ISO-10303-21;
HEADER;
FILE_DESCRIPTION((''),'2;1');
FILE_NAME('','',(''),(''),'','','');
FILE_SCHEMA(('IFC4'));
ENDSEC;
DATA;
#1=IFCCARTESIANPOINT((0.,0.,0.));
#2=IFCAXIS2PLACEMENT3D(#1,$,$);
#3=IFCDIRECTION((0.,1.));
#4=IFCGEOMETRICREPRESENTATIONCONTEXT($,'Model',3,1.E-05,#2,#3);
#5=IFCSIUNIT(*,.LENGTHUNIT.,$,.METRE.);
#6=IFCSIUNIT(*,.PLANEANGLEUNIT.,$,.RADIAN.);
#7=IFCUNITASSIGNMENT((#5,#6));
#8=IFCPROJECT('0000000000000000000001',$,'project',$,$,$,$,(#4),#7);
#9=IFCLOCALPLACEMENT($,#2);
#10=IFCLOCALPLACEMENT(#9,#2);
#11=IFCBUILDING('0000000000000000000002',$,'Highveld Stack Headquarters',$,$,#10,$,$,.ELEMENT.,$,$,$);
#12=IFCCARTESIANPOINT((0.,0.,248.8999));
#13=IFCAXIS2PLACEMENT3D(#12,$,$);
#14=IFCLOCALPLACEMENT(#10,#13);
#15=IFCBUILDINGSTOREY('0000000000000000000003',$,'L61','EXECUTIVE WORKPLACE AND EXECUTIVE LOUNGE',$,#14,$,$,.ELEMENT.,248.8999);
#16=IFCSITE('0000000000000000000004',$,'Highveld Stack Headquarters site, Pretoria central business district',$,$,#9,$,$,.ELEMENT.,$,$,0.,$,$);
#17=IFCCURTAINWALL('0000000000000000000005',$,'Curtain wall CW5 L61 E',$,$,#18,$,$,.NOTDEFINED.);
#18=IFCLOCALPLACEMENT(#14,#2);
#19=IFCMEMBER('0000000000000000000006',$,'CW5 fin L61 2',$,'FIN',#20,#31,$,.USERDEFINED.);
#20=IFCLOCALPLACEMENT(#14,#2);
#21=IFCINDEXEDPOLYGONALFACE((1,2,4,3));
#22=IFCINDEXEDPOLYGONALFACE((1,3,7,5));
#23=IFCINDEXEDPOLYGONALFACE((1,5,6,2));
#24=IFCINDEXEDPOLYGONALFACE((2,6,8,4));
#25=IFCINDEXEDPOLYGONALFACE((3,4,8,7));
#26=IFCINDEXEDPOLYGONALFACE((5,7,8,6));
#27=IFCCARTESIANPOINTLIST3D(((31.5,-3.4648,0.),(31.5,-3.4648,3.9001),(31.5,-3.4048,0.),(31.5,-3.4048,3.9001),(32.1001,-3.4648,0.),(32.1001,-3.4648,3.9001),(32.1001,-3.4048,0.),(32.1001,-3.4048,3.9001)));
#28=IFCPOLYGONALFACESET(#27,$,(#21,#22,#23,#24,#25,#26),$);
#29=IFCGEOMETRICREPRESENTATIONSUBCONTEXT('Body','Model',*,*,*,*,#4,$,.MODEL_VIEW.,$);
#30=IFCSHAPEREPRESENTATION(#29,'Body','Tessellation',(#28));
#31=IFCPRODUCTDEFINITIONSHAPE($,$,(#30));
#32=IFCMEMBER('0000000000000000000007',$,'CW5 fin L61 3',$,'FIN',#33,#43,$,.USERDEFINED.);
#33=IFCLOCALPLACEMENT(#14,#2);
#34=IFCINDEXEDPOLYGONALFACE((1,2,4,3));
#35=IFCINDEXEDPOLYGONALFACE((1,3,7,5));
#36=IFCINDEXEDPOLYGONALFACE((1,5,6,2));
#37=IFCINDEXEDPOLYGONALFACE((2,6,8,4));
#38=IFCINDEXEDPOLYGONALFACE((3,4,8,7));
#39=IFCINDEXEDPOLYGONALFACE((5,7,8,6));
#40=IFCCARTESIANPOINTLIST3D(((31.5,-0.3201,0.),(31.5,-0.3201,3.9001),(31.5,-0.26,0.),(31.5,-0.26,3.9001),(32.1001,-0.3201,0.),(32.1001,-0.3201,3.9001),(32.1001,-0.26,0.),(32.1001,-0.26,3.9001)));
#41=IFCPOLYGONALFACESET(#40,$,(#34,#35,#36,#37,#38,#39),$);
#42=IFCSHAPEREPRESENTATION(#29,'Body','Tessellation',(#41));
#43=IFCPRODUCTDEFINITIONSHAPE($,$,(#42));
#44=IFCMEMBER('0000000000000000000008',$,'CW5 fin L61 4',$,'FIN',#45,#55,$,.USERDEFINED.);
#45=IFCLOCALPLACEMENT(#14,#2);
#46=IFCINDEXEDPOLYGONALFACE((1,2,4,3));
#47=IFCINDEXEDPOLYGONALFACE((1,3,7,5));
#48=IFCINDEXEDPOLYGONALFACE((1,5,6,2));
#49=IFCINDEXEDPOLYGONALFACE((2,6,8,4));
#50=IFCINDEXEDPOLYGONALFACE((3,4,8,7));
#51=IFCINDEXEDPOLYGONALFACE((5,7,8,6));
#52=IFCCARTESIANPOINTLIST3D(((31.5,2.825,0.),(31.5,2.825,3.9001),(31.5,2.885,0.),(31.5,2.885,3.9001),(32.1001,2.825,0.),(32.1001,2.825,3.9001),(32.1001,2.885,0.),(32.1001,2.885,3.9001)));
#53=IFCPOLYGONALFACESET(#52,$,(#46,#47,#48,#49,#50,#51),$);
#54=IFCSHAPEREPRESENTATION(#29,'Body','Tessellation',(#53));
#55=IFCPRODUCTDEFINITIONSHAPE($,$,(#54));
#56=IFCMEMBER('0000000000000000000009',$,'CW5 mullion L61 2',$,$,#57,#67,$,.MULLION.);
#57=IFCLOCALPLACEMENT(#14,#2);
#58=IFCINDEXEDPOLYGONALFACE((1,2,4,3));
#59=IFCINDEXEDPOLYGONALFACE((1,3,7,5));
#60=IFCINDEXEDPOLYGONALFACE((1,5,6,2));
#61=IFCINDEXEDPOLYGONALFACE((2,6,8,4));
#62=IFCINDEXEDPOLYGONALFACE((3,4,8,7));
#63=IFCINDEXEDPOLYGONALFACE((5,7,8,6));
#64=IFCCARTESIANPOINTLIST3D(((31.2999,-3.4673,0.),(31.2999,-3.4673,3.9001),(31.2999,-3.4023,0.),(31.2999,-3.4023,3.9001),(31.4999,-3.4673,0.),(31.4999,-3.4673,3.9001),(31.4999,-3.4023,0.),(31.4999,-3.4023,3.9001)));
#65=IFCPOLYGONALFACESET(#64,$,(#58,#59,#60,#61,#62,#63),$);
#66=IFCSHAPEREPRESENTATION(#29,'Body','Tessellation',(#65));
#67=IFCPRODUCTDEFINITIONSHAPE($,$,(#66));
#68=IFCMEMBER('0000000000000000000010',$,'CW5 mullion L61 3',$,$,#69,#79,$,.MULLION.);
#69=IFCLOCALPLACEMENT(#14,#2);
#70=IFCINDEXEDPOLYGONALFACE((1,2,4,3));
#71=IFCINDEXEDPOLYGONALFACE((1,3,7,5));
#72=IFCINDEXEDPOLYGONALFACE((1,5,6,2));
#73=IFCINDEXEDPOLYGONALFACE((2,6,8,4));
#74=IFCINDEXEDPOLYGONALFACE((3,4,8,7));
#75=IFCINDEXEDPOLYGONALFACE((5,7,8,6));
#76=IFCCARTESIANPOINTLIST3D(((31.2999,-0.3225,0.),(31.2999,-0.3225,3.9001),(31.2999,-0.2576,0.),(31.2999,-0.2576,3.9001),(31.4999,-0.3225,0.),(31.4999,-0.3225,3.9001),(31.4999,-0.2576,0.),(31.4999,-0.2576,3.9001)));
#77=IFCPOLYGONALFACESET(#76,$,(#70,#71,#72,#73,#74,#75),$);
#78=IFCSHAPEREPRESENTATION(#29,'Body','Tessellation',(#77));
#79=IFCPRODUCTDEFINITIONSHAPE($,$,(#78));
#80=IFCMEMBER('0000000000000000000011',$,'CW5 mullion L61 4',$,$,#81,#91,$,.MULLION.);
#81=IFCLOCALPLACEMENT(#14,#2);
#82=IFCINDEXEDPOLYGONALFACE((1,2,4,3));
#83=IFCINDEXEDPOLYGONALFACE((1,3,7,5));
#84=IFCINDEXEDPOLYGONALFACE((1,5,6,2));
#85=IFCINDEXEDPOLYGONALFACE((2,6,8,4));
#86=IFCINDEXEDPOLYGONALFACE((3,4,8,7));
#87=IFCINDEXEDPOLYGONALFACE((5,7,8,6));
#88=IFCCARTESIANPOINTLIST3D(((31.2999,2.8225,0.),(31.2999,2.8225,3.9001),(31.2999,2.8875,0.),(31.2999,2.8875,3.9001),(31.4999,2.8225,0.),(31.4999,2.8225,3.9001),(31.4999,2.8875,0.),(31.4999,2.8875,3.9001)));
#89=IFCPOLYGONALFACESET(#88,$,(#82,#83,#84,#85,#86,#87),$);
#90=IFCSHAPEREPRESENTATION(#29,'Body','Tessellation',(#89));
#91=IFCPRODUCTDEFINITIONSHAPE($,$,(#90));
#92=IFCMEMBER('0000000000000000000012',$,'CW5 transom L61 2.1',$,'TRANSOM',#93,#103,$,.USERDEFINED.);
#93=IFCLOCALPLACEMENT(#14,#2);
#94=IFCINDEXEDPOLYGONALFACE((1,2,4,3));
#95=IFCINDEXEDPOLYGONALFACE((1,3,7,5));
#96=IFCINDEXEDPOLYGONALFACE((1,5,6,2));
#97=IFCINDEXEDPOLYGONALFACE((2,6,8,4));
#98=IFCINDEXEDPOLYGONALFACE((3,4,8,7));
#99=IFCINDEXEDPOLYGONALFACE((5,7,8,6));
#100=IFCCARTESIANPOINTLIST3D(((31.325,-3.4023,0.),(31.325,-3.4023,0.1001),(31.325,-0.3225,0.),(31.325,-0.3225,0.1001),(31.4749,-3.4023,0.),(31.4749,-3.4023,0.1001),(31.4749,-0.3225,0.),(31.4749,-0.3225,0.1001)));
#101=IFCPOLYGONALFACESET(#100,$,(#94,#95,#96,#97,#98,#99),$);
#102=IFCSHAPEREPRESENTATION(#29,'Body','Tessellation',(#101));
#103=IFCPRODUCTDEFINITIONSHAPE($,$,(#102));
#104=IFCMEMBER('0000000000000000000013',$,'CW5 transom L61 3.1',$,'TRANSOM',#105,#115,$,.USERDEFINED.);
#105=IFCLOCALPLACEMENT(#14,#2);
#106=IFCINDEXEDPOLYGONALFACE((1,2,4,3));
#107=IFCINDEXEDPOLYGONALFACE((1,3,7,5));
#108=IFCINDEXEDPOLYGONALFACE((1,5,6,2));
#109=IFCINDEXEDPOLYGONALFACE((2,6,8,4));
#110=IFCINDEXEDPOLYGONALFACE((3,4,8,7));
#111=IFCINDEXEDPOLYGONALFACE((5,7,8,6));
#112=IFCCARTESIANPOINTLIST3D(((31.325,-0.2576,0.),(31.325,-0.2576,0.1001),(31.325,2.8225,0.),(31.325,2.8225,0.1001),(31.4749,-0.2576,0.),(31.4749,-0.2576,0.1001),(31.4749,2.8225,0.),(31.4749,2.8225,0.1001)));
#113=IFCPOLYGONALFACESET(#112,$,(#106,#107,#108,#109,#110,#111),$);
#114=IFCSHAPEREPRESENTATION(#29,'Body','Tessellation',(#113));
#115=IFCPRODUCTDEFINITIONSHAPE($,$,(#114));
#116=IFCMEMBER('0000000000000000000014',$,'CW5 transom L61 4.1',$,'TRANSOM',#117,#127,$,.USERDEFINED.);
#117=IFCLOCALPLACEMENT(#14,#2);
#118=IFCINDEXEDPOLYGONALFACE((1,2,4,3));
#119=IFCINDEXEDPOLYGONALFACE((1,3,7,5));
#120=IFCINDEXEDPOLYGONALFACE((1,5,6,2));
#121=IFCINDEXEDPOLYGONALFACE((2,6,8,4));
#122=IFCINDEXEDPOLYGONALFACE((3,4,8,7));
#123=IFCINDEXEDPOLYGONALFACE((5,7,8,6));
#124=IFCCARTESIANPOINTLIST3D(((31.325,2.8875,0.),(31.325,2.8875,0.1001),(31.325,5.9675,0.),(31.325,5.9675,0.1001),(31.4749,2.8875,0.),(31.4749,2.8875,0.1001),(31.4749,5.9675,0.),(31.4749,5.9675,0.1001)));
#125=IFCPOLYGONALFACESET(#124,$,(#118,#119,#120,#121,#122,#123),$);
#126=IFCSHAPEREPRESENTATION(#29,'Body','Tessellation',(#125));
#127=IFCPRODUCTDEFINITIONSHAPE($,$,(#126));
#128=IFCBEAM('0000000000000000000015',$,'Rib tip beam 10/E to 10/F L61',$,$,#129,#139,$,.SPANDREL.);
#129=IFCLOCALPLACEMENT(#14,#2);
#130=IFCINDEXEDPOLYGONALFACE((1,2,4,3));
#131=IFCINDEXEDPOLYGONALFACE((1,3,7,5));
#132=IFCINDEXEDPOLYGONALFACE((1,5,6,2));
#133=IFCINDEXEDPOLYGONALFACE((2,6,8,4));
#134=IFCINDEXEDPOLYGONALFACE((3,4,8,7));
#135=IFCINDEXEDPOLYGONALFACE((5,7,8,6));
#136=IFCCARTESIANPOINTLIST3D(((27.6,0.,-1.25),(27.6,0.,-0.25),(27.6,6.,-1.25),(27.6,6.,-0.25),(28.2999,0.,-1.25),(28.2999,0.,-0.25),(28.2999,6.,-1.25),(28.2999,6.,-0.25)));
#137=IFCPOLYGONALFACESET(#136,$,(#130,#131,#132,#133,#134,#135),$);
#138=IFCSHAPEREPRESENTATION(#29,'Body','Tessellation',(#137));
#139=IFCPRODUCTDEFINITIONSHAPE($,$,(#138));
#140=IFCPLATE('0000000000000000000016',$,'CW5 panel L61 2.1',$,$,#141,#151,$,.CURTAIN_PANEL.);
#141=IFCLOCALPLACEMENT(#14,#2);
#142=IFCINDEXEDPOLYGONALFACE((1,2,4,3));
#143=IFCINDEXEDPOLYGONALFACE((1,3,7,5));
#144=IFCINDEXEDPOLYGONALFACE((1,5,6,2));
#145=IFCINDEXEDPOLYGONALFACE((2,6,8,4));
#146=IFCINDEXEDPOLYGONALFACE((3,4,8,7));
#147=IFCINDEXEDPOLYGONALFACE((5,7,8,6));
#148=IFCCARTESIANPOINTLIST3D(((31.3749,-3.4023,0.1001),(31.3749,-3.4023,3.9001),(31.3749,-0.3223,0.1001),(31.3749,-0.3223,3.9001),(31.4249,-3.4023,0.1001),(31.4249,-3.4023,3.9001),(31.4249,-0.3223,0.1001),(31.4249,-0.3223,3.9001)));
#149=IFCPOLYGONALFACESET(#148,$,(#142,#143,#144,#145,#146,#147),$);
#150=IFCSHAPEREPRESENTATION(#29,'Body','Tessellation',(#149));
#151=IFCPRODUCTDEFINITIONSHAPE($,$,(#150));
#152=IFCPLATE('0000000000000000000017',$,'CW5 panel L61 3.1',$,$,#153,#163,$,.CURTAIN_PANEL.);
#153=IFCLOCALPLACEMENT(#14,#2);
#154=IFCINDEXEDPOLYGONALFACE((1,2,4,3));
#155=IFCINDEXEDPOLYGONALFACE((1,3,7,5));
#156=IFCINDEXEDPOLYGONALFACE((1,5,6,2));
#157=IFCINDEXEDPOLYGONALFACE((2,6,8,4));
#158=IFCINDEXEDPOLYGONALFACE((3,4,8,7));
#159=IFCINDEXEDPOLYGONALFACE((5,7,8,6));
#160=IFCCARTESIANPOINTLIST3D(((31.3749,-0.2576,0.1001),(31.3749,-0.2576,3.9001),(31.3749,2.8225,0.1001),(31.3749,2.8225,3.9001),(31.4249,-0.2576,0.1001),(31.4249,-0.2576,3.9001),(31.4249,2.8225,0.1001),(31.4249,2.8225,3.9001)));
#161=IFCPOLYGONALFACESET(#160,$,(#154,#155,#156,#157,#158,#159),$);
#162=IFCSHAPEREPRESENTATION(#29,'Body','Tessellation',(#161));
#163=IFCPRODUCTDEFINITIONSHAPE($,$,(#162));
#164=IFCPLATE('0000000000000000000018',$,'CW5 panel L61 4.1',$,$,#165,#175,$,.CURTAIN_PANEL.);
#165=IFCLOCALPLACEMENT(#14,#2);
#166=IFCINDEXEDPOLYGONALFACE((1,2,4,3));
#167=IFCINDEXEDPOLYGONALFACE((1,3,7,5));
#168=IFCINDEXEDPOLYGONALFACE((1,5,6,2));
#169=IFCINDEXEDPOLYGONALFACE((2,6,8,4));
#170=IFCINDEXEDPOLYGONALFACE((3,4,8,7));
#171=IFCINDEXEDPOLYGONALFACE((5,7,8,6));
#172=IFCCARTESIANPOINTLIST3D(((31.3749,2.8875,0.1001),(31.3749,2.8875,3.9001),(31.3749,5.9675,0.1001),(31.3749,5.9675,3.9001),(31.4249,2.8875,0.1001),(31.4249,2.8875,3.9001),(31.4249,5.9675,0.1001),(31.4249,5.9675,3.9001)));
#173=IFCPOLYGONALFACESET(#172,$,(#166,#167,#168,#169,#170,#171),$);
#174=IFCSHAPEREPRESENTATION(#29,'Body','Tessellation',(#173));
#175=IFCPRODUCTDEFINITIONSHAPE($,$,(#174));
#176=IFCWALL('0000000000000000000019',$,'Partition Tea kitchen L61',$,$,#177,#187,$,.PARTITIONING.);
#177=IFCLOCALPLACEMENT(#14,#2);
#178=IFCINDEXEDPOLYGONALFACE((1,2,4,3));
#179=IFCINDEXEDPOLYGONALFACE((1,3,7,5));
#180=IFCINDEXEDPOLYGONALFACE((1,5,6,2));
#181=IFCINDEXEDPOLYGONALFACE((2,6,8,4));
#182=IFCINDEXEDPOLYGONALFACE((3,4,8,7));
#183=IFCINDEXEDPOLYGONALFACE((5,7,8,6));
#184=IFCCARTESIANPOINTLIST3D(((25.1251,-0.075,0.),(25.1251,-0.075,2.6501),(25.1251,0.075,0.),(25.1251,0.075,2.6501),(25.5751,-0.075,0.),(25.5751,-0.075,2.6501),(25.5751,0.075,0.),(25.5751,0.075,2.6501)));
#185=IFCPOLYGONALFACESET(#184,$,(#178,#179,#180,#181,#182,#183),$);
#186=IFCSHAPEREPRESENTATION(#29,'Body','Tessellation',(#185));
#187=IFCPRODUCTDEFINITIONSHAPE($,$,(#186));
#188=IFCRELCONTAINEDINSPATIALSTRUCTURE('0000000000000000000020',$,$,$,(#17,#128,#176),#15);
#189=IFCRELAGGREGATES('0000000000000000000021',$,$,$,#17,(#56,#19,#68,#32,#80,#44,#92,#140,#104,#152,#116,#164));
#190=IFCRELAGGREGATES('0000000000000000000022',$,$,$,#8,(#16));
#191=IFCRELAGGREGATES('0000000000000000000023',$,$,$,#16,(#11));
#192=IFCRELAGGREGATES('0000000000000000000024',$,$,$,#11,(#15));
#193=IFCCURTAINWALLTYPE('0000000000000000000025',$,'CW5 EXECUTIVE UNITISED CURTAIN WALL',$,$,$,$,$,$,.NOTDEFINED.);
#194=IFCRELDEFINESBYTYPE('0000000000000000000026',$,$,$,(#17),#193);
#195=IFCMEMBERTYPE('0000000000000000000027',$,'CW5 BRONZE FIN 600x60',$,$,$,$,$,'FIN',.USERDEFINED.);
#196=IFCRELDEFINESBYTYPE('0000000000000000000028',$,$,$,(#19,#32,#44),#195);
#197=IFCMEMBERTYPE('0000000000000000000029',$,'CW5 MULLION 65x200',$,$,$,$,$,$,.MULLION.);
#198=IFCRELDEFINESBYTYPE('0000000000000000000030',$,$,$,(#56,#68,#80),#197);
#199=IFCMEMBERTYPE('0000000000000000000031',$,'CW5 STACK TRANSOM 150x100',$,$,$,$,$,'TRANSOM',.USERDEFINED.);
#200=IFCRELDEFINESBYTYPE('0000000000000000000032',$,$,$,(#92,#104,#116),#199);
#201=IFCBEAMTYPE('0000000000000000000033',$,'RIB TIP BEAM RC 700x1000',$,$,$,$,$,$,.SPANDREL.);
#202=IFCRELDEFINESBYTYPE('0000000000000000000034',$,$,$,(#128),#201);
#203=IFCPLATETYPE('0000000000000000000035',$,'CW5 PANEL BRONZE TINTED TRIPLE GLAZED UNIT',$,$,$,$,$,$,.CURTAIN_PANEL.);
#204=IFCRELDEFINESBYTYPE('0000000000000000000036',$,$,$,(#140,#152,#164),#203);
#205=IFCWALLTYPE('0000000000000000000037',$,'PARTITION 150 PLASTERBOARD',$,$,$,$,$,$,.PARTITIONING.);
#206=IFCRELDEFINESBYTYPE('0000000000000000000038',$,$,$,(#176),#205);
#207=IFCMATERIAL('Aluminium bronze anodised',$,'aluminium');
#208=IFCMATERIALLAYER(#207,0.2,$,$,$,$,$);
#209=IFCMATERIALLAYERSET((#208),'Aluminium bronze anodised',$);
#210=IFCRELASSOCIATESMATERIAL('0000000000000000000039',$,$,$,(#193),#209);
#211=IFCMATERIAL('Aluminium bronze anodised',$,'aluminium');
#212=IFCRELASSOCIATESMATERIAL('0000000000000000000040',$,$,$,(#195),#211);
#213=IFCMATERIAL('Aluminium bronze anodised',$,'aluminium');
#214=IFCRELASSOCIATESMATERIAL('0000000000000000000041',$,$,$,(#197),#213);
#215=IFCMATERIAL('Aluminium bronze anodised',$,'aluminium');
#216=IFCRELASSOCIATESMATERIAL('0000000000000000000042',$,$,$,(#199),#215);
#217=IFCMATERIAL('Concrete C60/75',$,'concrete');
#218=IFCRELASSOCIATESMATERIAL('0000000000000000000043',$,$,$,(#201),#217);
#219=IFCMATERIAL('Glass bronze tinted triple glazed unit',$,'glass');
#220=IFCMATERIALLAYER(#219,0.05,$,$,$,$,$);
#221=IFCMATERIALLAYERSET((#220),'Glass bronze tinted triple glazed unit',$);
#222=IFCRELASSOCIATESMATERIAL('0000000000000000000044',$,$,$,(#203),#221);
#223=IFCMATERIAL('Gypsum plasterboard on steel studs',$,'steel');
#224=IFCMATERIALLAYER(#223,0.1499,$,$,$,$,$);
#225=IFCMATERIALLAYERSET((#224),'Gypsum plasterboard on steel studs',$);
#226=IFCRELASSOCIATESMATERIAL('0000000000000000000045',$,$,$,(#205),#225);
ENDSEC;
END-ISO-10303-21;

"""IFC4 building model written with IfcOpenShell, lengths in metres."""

from ifc_helpers import new_model, si_unit, direction, frame, frame_2d, origin, origin_2d, place, context, subcontext, project, spatial, rectangle, extrude, material, layer, layer_set, material_profile, profile_set, type_object, element, aggregate, save


model = new_model("IFC4")

# Units and contexts
model_context = context("Model", 3, precision=1e-05, world=origin(), true_north=direction((0.0, 1.0)))
body_context = subcontext(model_context, "Body", "Model", "MODEL_VIEW")
ifc_project = project(units=[si_unit("LENGTHUNIT", "METRE"), si_unit("PLANEANGLEUNIT", "RADIAN")], contexts=[model_context])

# Site, building, storey
site_placement = place(None, origin())
site = spatial("IfcSite", under=ifc_project, at=site_placement, Name="Highveld Stack Headquarters site, Pretoria central business district", CompositionType="ELEMENT", RefElevation=0.0)
building_placement = place(site_placement, origin())
building = spatial("IfcBuilding", under=site, at=building_placement, Name="Highveld Stack Headquarters", CompositionType="ELEMENT")
storey_placement = place(building_placement, frame((0.0, 0.0, 248.8999)))
storey = spatial("IfcBuildingStorey", under=building, at=storey_placement, Name="L61", Description="EXECUTIVE WORKPLACE AND EXECUTIVE LOUNGE", CompositionType="ELEMENT", Elevation=248.8999)

# Curtain wall, members
ifc_material_1 = material(Name="Aluminium bronze anodised", Category="aluminium")
ifc_layer_1 = layer(ifc_material_1, 0.2)
ifc_layer_set_1 = layer_set([ifc_layer_1], Name="Aluminium bronze anodised")
curtain_wall_type = type_object("IfcCurtainWallType", Name="CW5 EXECUTIVE UNITISED CURTAIN WALL", PredefinedType="NOTDEFINED", material=ifc_layer_set_1)
curtain_wall_placement = place(storey_placement, origin())
curtain_wall = element("IfcCurtainWall", 1, at=curtain_wall_placement, inside=storey, type_object=curtain_wall_type, Name="Curtain wall CW5 L61 E", PredefinedType="NOTDEFINED")
ifc_material_2 = material(Name="Aluminium bronze anodised", Category="aluminium")
ifc_material_profile_1 = material_profile(ifc_material_2, rectangle(XDim=0.6001, YDim=0.0601, at=origin_2d()), Name="FIN 600x60")
ifc_profile_set_1 = profile_set([ifc_material_profile_1], Name="Aluminium bronze anodised")
member_type_1 = type_object("IfcMemberType", Name="CW5 BRONZE FIN 600x60", ElementType="FIN", PredefinedType="USERDEFINED", material=ifc_profile_set_1)
member_1_placement = place(storey_placement, frame((31.8, -3.4348, 0.0), z_axis=(0.0, 0.0, 1.0), x_axis=(-1.0, 0.0, 0.0)))
member_1 = element("IfcMember", 2, at=member_1_placement, type_object=member_type_1, Name="CW5 fin L61 2", ObjectType="FIN", PredefinedType="USERDEFINED", context=body_context, shape_type="SweptSolid", body=[
    extrude(rectangle(XDim=0.6001, YDim=0.0601, at=origin_2d()), origin(), (0.0, 0.0, 1.0), 3.9001),
])
member_2_placement = place(storey_placement, frame((31.8, -0.29, 0.0), z_axis=(0.0, 0.0, 1.0), x_axis=(-1.0, 0.0, 0.0)))
member_2 = element("IfcMember", 3, at=member_2_placement, type_object=member_type_1, Name="CW5 fin L61 3", ObjectType="FIN", PredefinedType="USERDEFINED", context=body_context, shape_type="SweptSolid", body=[
    extrude(rectangle(XDim=0.6001, YDim=0.0601, at=origin_2d()), origin(), (0.0, 0.0, 1.0), 3.9001),
])
member_3_placement = place(storey_placement, frame((31.8, 2.855, 0.0), z_axis=(0.0, 0.0, 1.0), x_axis=(-1.0, 0.0, 0.0)))
member_3 = element("IfcMember", 4, at=member_3_placement, type_object=member_type_1, Name="CW5 fin L61 4", ObjectType="FIN", PredefinedType="USERDEFINED", context=body_context, shape_type="SweptSolid", body=[
    extrude(rectangle(XDim=0.6001, YDim=0.0601, at=origin_2d()), origin(), (0.0, 0.0, 1.0), 3.9001),
])
ifc_material_3 = material(Name="Aluminium bronze anodised", Category="aluminium")
ifc_material_profile_2 = material_profile(ifc_material_3, rectangle(XDim=0.2, YDim=0.0649, at=origin_2d()), Name="CW5 MULLION 65x200")
ifc_profile_set_2 = profile_set([ifc_material_profile_2], Name="Aluminium bronze anodised")
member_type_2 = type_object("IfcMemberType", Name="CW5 MULLION 65x200", PredefinedType="MULLION", material=ifc_profile_set_2)
member_4_placement = place(storey_placement, frame((31.3999, -3.4348, 0.0), z_axis=(0.0, 0.0, 1.0), x_axis=(-1.0, 0.0, 0.0)))
member_4 = element("IfcMember", 5, at=member_4_placement, type_object=member_type_2, Name="CW5 mullion L61 2", PredefinedType="MULLION", context=body_context, shape_type="SweptSolid", body=[
    extrude(rectangle(XDim=0.2, YDim=0.0649, at=origin_2d()), origin(), (0.0, 0.0, 1.0), 3.9001),
])
member_5_placement = place(storey_placement, frame((31.3999, -0.29, 0.0), z_axis=(0.0, 0.0, 1.0), x_axis=(-1.0, 0.0, 0.0)))
member_5 = element("IfcMember", 6, at=member_5_placement, type_object=member_type_2, Name="CW5 mullion L61 3", PredefinedType="MULLION", context=body_context, shape_type="SweptSolid", body=[
    extrude(rectangle(XDim=0.2, YDim=0.0649, at=origin_2d()), origin(), (0.0, 0.0, 1.0), 3.9001),
])
member_6_placement = place(storey_placement, frame((31.3999, 2.855, 0.0), z_axis=(0.0, 0.0, 1.0), x_axis=(-1.0, 0.0, 0.0)))
member_6 = element("IfcMember", 7, at=member_6_placement, type_object=member_type_2, Name="CW5 mullion L61 4", PredefinedType="MULLION", context=body_context, shape_type="SweptSolid", body=[
    extrude(rectangle(XDim=0.2, YDim=0.0649, at=origin_2d()), origin(), (0.0, 0.0, 1.0), 3.9001),
])
ifc_material_4 = material(Name="Aluminium bronze anodised", Category="aluminium")
ifc_material_profile_3 = material_profile(ifc_material_4, rectangle(XDim=0.1499, YDim=0.1001, at=origin_2d()), Name="CW5 TRANSOM 150x100")
ifc_profile_set_3 = profile_set([ifc_material_profile_3], Name="Aluminium bronze anodised")
member_type_3 = type_object("IfcMemberType", Name="CW5 STACK TRANSOM 150x100", ElementType="TRANSOM", PredefinedType="USERDEFINED", material=ifc_profile_set_3)
member_7_placement = place(storey_placement, frame((31.3999, -3.4023, 0.05), z_axis=(0.0, 1.0, 0.0), x_axis=(-1.0, 0.0, 0.0)))
member_7 = element("IfcMember", 8, at=member_7_placement, type_object=member_type_3, Name="CW5 transom L61 2.1", ObjectType="TRANSOM", PredefinedType="USERDEFINED", context=body_context, shape_type="SweptSolid", body=[
    extrude(rectangle(XDim=0.1499, YDim=0.1001, at=origin_2d()), origin(), (0.0, 0.0, 1.0), 3.0798),
])
member_8_placement = place(storey_placement, frame((31.3999, -0.2576, 0.05), z_axis=(0.0, 1.0, 0.0), x_axis=(-1.0, 0.0, 0.0)))
member_8 = element("IfcMember", 9, at=member_8_placement, type_object=member_type_3, Name="CW5 transom L61 3.1", ObjectType="TRANSOM", PredefinedType="USERDEFINED", context=body_context, shape_type="SweptSolid", body=[
    extrude(rectangle(XDim=0.1499, YDim=0.1001, at=origin_2d()), origin(), (0.0, 0.0, 1.0), 3.0801),
])
member_9_placement = place(storey_placement, frame((31.3999, 2.8875, 0.05), z_axis=(0.0, 1.0, 0.0), x_axis=(-1.0, 0.0, 0.0)))
member_9 = element("IfcMember", 10, at=member_9_placement, type_object=member_type_3, Name="CW5 transom L61 4.1", ObjectType="TRANSOM", PredefinedType="USERDEFINED", context=body_context, shape_type="SweptSolid", body=[
    extrude(rectangle(XDim=0.1499, YDim=0.1001, at=origin_2d()), origin(), (0.0, 0.0, 1.0), 3.0801),
])

# Beam
ifc_material_5 = material(Name="Concrete C60/75", Category="concrete")
ifc_material_profile_4 = material_profile(ifc_material_5, rectangle(XDim=0.7, YDim=1.0, at=origin_2d()), Name="RC 700x1000")
ifc_profile_set_4 = profile_set([ifc_material_profile_4], Name="Concrete C60/75")
beam_type = type_object("IfcBeamType", Name="RIB TIP BEAM RC 700x1000", PredefinedType="SPANDREL", material=ifc_profile_set_4)
beam_placement = place(storey_placement, frame((27.95, 0.0, -0.75), z_axis=(0.0, 1.0, 0.0), x_axis=(-1.0, 0.0, 0.0)))
element("IfcBeam", 11, at=beam_placement, inside=storey, type_object=beam_type, Name="Rib tip beam 10/E to 10/F L61", PredefinedType="SPANDREL", context=body_context, shape_type="SweptSolid", body=[
    extrude(rectangle(XDim=0.7, YDim=1.0, at=origin_2d()), origin(), (0.0, 0.0, 1.0), 6.0),
])

# Plates
ifc_material_6 = material(Name="Glass bronze tinted triple glazed unit", Category="glass")
ifc_layer_2 = layer(ifc_material_6, 0.05)
ifc_layer_set_2 = layer_set([ifc_layer_2], Name="Glass bronze tinted triple glazed unit")
plate_type = type_object("IfcPlateType", Name="CW5 PANEL BRONZE TINTED TRIPLE GLAZED UNIT", PredefinedType="CURTAIN_PANEL", material=ifc_layer_set_2)
plate_1_placement = place(storey_placement, frame((31.3999, -1.8623, 0.1001), z_axis=(0.0, 0.0, 1.0), x_axis=(0.0, 1.0, 0.0)))
plate_1 = element("IfcPlate", 12, at=plate_1_placement, type_object=plate_type, Name="CW5 panel L61 2.1", PredefinedType="CURTAIN_PANEL", context=body_context, shape_type="SweptSolid", body=[
    extrude(rectangle(XDim=3.0801, YDim=0.05, at=origin_2d()), origin(), (0.0, 0.0, 1.0), 3.8),
])
plate_2_placement = place(storey_placement, frame((31.3999, 1.2825, 0.1001), z_axis=(0.0, 0.0, 1.0), x_axis=(0.0, 1.0, 0.0)))
plate_2 = element("IfcPlate", 13, at=plate_2_placement, type_object=plate_type, Name="CW5 panel L61 3.1", PredefinedType="CURTAIN_PANEL", context=body_context, shape_type="SweptSolid", body=[
    extrude(rectangle(XDim=3.0801, YDim=0.05, at=origin_2d()), origin(), (0.0, 0.0, 1.0), 3.8),
])
plate_3_placement = place(storey_placement, frame((31.3999, 4.4275, 0.1001), z_axis=(0.0, 0.0, 1.0), x_axis=(0.0, 1.0, 0.0)))
plate_3 = element("IfcPlate", 14, at=plate_3_placement, type_object=plate_type, Name="CW5 panel L61 4.1", PredefinedType="CURTAIN_PANEL", context=body_context, shape_type="SweptSolid", body=[
    extrude(rectangle(XDim=3.0801, YDim=0.05, at=origin_2d()), origin(), (0.0, 0.0, 1.0), 3.8),
])
aggregate(curtain_wall, [member_4, member_1, member_5, member_2, member_6, member_3, member_7, plate_1, member_8, plate_2, member_9, plate_3])

# Wall
ifc_material_7 = material(Name="Gypsum plasterboard on steel studs", Category="steel")
ifc_layer_3 = layer(ifc_material_7, 0.1499)
ifc_layer_set_3 = layer_set([ifc_layer_3], Name="Gypsum plasterboard on steel studs")
wall_type = type_object("IfcWallType", Name="PARTITION 150 PLASTERBOARD", PredefinedType="PARTITIONING", material=ifc_layer_set_3)
wall_1_placement = place(storey_placement, frame((25.125, 0.0, 0.0), z_axis=(0.0, 0.0, 1.0), x_axis=(1.0, 0.0, 0.0)))
element("IfcWall", 15, at=wall_1_placement, inside=storey, type_object=wall_type, Name="Partition Tea kitchen L61", PredefinedType="PARTITIONING", context=body_context, shape_type="SweptSolid", body=[
    extrude(rectangle(XDim=0.45, YDim=0.1499, at=frame_2d((0.2251, 0.0))), origin(), (0.0, 0.0, 1.0), 2.6501),
])

save(model, "model.ifc")
